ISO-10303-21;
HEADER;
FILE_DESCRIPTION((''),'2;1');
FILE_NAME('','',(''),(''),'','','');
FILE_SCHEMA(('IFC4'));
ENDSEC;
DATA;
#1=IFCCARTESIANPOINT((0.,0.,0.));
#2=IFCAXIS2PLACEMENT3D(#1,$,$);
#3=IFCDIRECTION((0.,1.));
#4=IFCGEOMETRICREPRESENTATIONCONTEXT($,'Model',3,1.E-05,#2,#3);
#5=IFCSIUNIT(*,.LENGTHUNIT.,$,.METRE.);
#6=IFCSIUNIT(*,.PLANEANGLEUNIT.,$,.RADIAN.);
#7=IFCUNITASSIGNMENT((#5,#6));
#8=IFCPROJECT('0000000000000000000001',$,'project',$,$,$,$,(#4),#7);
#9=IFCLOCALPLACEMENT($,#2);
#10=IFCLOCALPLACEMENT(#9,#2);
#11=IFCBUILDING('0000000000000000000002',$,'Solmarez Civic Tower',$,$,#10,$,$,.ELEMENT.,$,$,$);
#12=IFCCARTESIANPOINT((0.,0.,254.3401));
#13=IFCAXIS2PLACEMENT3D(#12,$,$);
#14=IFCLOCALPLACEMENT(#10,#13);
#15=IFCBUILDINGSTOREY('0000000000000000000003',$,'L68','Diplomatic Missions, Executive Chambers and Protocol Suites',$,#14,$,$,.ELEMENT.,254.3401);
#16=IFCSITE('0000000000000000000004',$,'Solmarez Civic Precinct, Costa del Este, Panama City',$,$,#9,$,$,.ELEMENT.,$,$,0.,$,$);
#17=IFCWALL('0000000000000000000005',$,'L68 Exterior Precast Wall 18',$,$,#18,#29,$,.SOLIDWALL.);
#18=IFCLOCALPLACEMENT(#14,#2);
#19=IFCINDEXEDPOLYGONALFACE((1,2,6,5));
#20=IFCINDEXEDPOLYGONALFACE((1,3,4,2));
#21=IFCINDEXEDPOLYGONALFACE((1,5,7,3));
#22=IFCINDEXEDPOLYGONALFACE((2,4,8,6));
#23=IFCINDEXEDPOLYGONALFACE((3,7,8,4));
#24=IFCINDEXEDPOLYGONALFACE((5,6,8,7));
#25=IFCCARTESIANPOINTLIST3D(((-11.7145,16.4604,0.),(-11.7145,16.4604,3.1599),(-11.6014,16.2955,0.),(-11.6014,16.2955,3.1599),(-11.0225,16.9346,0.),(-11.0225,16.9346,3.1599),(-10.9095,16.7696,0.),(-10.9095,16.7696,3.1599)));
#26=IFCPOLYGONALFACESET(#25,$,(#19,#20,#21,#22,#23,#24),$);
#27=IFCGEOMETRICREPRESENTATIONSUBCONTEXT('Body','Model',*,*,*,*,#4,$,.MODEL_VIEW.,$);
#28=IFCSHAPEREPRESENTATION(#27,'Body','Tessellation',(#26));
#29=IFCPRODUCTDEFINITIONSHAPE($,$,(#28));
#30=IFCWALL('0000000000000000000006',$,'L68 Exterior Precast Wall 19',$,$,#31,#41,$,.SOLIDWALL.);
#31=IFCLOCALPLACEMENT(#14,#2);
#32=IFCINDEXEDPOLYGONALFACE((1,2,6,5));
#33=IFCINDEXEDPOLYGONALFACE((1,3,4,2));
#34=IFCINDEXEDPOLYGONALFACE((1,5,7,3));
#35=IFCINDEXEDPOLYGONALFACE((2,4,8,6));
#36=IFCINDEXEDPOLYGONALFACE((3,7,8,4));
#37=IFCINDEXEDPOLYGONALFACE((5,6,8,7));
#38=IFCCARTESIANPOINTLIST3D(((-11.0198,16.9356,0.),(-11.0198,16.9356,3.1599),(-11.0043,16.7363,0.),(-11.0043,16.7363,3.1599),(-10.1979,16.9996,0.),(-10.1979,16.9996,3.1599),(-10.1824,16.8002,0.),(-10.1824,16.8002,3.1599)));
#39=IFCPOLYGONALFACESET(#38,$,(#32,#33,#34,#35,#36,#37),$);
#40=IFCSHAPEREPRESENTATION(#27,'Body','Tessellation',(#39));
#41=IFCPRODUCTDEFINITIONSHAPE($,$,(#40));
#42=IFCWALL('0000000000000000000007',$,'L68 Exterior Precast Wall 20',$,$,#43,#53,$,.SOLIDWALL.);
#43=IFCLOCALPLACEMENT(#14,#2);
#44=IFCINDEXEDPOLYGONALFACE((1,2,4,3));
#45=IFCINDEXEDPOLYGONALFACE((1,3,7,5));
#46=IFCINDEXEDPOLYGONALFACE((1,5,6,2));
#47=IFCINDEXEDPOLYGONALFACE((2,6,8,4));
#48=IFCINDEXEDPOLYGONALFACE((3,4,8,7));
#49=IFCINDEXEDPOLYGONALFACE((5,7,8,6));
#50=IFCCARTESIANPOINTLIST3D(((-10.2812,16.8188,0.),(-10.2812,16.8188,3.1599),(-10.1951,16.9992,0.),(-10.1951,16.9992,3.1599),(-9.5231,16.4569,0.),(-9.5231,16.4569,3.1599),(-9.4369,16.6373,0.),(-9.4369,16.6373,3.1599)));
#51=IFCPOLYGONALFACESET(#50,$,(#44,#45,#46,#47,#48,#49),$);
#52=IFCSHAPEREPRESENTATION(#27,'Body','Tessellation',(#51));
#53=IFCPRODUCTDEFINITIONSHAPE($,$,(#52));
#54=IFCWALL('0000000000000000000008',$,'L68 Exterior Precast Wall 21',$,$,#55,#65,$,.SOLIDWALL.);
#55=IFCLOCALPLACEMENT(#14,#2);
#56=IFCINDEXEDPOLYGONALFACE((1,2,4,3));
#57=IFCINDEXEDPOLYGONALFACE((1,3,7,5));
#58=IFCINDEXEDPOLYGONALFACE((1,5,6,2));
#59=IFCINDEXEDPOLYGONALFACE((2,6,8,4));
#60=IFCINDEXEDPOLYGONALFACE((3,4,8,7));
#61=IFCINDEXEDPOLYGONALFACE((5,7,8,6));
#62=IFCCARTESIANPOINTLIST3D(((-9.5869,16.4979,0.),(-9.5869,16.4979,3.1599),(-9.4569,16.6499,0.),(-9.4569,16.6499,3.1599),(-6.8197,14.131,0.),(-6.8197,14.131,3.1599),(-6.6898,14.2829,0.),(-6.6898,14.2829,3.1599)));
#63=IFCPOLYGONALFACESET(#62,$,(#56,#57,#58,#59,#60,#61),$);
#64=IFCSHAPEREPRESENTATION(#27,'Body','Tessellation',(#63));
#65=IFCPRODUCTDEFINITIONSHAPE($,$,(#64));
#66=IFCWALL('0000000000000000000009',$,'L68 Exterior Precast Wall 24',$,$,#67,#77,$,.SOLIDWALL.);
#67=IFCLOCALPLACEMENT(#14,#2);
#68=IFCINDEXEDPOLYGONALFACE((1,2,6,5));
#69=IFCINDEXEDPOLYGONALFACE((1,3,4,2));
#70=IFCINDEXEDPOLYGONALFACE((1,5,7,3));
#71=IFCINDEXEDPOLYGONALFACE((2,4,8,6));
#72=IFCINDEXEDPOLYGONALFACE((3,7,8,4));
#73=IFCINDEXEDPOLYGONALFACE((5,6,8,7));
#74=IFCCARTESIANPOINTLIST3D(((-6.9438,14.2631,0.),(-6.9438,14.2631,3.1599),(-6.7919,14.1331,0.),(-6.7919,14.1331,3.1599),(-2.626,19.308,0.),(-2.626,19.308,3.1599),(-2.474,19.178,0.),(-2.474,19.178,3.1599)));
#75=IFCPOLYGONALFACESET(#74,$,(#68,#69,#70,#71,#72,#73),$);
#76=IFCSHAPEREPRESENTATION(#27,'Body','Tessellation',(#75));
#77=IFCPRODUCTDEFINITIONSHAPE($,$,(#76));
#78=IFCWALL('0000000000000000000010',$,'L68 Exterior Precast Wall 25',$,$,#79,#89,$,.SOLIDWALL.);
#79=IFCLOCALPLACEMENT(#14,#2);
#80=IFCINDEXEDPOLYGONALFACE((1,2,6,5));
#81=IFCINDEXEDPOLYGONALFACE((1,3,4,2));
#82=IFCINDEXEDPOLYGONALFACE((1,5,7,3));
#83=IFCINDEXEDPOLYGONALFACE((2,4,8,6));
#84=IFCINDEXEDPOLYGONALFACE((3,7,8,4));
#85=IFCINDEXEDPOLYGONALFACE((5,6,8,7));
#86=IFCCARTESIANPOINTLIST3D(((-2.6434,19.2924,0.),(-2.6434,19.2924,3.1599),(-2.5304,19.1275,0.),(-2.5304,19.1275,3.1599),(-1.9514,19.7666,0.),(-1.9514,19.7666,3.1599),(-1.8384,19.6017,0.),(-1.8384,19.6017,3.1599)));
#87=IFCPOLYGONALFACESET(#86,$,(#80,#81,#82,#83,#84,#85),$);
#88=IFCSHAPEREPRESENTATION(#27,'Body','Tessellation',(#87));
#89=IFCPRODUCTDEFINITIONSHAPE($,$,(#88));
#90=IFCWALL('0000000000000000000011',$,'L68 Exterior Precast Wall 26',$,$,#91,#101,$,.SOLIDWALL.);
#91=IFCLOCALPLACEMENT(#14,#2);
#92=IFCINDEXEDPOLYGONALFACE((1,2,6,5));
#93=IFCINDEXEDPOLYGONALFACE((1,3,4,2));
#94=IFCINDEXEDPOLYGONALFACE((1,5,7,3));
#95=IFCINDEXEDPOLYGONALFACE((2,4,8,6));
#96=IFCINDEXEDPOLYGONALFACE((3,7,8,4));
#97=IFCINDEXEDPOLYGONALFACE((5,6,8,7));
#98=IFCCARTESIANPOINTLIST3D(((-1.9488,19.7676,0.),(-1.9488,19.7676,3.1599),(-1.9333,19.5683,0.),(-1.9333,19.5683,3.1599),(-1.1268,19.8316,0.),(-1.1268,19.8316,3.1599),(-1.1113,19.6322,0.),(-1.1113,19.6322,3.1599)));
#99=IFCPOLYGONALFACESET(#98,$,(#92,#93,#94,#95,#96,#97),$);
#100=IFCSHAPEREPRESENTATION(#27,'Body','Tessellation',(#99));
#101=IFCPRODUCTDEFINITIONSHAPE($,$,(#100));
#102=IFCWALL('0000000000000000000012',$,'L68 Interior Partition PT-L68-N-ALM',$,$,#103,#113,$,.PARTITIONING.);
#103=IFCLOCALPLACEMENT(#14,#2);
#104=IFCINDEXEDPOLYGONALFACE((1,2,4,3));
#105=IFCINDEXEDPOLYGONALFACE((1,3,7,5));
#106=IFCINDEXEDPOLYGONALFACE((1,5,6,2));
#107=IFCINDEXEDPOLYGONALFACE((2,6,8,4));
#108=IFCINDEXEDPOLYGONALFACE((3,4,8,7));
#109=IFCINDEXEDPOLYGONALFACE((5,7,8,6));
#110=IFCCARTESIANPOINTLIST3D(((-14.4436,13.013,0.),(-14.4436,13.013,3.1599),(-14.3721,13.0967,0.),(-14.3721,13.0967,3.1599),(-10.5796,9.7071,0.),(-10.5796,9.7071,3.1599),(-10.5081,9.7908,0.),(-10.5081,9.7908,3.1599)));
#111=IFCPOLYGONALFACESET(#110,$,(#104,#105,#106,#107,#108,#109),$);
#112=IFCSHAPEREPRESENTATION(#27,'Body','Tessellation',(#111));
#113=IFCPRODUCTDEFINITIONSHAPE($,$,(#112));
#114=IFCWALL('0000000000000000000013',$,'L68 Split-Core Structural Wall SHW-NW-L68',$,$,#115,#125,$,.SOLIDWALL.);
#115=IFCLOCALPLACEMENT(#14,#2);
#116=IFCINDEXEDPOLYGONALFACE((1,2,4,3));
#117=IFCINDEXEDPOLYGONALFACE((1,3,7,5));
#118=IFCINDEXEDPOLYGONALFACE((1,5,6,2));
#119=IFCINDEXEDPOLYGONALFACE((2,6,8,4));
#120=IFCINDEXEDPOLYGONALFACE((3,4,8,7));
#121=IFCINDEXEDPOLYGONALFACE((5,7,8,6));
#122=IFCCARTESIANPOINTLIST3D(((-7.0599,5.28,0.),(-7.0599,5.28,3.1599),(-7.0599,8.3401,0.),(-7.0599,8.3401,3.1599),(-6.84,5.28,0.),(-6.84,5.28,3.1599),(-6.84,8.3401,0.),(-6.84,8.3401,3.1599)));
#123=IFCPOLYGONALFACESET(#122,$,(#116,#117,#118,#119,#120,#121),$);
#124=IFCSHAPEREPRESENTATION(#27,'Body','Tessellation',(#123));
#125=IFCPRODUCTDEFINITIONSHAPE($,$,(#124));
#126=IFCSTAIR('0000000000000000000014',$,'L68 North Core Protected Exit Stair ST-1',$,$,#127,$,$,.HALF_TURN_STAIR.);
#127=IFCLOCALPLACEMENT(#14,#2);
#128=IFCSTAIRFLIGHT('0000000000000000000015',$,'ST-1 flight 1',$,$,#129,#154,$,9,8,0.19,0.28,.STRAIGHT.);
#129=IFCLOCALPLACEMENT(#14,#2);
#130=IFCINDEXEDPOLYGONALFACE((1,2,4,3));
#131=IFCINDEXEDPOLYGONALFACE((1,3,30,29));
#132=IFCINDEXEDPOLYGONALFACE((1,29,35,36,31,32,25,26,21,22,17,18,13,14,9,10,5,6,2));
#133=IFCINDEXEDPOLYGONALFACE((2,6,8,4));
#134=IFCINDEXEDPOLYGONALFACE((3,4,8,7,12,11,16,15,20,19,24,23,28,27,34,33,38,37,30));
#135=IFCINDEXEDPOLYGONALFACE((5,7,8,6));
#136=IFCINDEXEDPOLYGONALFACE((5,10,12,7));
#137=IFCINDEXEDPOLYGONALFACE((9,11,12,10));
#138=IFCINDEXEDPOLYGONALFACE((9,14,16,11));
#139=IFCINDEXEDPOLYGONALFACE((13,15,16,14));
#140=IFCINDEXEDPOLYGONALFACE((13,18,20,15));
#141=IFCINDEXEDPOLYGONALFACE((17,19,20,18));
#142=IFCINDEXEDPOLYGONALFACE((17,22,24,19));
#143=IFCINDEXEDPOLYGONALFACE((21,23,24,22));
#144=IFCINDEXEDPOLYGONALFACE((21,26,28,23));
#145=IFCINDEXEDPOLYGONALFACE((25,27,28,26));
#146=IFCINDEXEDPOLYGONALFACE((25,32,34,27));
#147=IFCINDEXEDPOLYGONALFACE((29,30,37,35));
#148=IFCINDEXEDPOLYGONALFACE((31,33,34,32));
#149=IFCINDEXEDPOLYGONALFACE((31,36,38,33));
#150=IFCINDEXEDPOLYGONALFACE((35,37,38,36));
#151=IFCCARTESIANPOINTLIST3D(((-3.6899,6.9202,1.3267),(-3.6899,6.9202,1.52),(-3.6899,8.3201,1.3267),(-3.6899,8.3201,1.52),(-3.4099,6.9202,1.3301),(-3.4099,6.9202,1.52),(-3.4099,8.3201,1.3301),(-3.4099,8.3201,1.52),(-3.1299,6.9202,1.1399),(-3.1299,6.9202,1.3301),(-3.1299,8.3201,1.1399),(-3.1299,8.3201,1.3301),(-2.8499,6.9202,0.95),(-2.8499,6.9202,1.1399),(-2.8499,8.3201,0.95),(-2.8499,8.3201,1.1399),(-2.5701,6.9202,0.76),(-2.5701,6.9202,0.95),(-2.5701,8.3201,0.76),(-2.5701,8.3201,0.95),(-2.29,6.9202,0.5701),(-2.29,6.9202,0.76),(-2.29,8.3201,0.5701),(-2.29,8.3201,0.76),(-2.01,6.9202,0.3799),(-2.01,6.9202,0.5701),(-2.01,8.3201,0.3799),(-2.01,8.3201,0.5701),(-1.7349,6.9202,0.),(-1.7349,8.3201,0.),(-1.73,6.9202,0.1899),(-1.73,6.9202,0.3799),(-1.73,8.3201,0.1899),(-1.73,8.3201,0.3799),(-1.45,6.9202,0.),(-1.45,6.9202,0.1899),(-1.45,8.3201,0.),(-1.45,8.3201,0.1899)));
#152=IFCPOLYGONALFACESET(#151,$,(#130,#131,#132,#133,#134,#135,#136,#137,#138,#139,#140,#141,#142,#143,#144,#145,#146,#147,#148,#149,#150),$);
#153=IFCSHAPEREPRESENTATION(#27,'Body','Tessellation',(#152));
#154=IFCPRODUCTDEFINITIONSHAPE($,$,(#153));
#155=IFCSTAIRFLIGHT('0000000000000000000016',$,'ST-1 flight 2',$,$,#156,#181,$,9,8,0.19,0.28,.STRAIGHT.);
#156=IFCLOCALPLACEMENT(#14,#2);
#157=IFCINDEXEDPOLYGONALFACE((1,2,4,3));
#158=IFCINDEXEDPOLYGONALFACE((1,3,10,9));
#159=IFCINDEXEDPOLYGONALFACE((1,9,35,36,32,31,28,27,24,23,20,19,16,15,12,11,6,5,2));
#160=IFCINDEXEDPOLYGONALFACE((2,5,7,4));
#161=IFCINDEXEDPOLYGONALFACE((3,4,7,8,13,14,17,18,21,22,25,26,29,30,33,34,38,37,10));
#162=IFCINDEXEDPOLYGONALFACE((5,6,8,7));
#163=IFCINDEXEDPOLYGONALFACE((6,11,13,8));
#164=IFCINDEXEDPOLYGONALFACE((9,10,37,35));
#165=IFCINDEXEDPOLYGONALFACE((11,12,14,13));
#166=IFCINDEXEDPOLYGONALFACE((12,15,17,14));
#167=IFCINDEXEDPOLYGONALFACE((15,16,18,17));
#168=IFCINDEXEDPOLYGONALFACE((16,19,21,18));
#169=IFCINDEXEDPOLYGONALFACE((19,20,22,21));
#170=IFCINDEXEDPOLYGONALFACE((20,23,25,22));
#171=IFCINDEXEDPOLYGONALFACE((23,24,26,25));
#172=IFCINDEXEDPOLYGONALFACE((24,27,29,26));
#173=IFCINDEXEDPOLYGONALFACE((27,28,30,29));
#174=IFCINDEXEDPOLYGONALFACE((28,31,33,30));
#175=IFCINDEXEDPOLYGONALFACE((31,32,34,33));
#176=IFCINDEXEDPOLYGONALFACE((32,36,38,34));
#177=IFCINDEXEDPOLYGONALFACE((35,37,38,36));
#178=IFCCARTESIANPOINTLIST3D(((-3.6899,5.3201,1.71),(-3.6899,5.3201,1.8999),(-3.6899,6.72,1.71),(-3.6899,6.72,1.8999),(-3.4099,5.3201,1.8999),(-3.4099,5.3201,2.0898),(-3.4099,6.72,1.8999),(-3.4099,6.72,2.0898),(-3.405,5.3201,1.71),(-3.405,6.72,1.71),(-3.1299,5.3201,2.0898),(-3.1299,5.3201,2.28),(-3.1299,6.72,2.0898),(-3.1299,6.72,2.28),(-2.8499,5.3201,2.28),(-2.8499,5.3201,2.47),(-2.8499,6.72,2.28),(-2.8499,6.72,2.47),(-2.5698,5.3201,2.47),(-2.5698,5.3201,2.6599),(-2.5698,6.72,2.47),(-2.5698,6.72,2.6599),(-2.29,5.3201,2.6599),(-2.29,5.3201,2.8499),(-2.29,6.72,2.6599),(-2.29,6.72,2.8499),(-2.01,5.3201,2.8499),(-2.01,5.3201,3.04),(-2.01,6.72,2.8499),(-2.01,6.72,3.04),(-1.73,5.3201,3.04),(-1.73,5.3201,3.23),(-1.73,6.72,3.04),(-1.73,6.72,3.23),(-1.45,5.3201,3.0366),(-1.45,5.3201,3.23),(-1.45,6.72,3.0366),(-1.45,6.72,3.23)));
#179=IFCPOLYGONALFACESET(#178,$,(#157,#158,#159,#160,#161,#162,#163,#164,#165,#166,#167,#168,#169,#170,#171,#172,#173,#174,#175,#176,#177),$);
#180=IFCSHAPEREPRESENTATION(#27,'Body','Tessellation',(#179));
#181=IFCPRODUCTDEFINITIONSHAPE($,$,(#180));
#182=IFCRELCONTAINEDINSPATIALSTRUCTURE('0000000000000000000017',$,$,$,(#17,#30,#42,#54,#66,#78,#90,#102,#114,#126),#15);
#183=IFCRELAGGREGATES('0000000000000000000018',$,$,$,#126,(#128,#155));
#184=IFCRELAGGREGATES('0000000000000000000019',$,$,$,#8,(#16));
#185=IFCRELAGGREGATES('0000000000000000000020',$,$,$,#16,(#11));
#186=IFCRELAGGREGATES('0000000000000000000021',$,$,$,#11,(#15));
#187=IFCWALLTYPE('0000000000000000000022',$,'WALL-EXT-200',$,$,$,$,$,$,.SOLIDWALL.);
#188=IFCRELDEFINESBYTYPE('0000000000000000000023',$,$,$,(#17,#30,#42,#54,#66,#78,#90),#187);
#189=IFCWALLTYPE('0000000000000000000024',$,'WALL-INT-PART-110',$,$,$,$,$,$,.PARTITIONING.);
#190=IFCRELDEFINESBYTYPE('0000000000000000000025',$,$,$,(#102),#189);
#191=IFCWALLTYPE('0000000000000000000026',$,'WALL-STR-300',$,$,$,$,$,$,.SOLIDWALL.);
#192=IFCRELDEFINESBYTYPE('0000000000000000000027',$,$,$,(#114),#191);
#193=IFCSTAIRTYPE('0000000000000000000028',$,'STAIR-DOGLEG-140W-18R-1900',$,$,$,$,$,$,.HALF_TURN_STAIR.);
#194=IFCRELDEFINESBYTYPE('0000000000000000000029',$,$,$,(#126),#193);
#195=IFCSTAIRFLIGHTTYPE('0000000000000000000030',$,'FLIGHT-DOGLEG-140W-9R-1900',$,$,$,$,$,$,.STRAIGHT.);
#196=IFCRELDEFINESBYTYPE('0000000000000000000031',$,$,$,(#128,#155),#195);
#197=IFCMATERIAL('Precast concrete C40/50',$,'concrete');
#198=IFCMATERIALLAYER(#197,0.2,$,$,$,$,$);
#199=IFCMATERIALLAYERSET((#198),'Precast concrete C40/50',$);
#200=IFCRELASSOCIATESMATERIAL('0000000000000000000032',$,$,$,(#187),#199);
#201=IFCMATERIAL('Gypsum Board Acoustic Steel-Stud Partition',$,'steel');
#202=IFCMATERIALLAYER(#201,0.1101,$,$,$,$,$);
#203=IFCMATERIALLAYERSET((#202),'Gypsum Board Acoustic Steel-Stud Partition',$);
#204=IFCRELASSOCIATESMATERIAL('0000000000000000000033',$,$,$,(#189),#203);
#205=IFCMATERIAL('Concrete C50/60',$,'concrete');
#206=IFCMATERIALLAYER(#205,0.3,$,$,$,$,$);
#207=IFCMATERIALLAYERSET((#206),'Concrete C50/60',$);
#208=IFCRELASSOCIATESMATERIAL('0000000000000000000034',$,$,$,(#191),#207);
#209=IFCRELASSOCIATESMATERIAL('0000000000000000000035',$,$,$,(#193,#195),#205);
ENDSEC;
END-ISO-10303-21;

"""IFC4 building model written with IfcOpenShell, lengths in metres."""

from ifc_helpers import new_model, si_unit, direction, frame, frame_2d, origin, place, context, subcontext, project, spatial, polyline, rectangle, outline, extrude, material, layer, layer_set, type_object, element, aggregate, save


model = new_model("IFC4")

# Units and contexts
model_context = context("Model", 3, precision=1e-05, world=origin(), true_north=direction((0.0, 1.0)))
body_context = subcontext(model_context, "Body", "Model", "MODEL_VIEW")
ifc_project = project(units=[si_unit("LENGTHUNIT", "METRE"), si_unit("PLANEANGLEUNIT", "RADIAN")], contexts=[model_context])

# Site, building, storey
site_placement = place(None, origin())
site = spatial("IfcSite", under=ifc_project, at=site_placement, Name="Solmarez Civic Precinct, Costa del Este, Panama City", CompositionType="ELEMENT", RefElevation=0.0)
building_placement = place(site_placement, origin())
building = spatial("IfcBuilding", under=site, at=building_placement, Name="Solmarez Civic Tower", CompositionType="ELEMENT")
storey_placement = place(building_placement, frame((0.0, 0.0, 254.3401)))
storey = spatial("IfcBuildingStorey", under=building, at=storey_placement, Name="L68", Description="Diplomatic Missions, Executive Chambers and Protocol Suites", CompositionType="ELEMENT", Elevation=254.3401)

# Shared definitions
ifc_material_1 = material(Name="Concrete C50/60", Category="concrete")

# Walls
ifc_material_2 = material(Name="Precast concrete C40/50", Category="concrete")
ifc_layer_1 = layer(ifc_material_2, 0.2)
ifc_layer_set_1 = layer_set([ifc_layer_1], Name="Precast concrete C40/50")
wall_type_1 = type_object("IfcWallType", Name="WALL-EXT-200", PredefinedType="SOLIDWALL", material=ifc_layer_set_1)
wall_1_placement = place(storey_placement, frame((-11.658, 16.3779, 0.0), z_axis=(0.0, 0.0, 1.0), x_axis=(0.824907, 0.565268, 0.0)))
element("IfcWall", 1, at=wall_1_placement, inside=storey, type_object=wall_type_1, Name="L68 Exterior Precast Wall 18", PredefinedType="SOLIDWALL", context=body_context, shape_type="SweptSolid", body=[
    extrude(rectangle(XDim=0.8389, YDim=0.2, at=frame_2d((0.4194, 0.0))), origin(), (0.0, 0.0, 1.0), 3.1599),
])
wall_2_placement = place(storey_placement, frame((-11.012, 16.8359, 0.0), z_axis=(0.0, 0.0, 1.0), x_axis=(0.996986, 0.07758, 0.0)))
element("IfcWall", 2, at=wall_2_placement, inside=storey, type_object=wall_type_1, Name="L68 Exterior Precast Wall 19", PredefinedType="SOLIDWALL", context=body_context, shape_type="SweptSolid", body=[
    extrude(rectangle(XDim=0.8245, YDim=0.2, at=frame_2d((0.4121, 0.0))), origin(), (0.0, 0.0, 1.0), 3.1599),
])
wall_3_placement = place(storey_placement, frame((-10.238, 16.9089, 0.0), z_axis=(0.0, 0.0, 1.0), x_axis=(0.902473, -0.430746, 0.0)))
element("IfcWall", 3, at=wall_3_placement, inside=storey, type_object=wall_type_1, Name="L68 Exterior Precast Wall 20", PredefinedType="SOLIDWALL", context=body_context, shape_type="SweptSolid", body=[
    extrude(rectangle(XDim=0.8401, YDim=0.2, at=frame_2d((0.4199, 0.0))), origin(), (0.0, 0.0, 1.0), 3.1599),
])
wall_4_placement = place(storey_placement, frame((-9.522, 16.574, 0.0), z_axis=(0.0, 0.0, 1.0), x_axis=(0.759914, -0.650024, 0.0)))
element("IfcWall", 4, at=wall_4_placement, inside=storey, type_object=wall_type_1, Name="L68 Exterior Precast Wall 21", PredefinedType="SOLIDWALL", context=body_context, shape_type="SweptSolid", body=[
    extrude(rectangle(XDim=3.6414, YDim=0.2, at=frame_2d((1.8208, 0.0))), origin(), (0.0, 0.0, 1.0), 3.1599),
])
wall_5_placement = place(storey_placement, frame((-6.8679, 14.198, 0.0), z_axis=(0.0, 0.0, 1.0), x_axis=(0.65024, 0.759729, 0.0)))
element("IfcWall", 5, at=wall_5_placement, inside=storey, type_object=wall_type_1, Name="L68 Exterior Precast Wall 24", PredefinedType="SOLIDWALL", context=body_context, shape_type="SweptSolid", body=[
    extrude(rectangle(XDim=6.6404, YDim=0.2, at=frame_2d((3.3203, 0.0))), origin(), (0.0, 0.0, 1.0), 3.1599),
])
wall_6_placement = place(storey_placement, frame((-2.5869, 19.21, 0.0), z_axis=(0.0, 0.0, 1.0), x_axis=(0.824907, 0.565268, 0.0)))
element("IfcWall", 6, at=wall_6_placement, inside=storey, type_object=wall_type_1, Name="L68 Exterior Precast Wall 25", PredefinedType="SOLIDWALL", context=body_context, shape_type="SweptSolid", body=[
    extrude(rectangle(XDim=0.8389, YDim=0.2, at=frame_2d((0.4194, 0.0))), origin(), (0.0, 0.0, 1.0), 3.1599),
])
wall_7_placement = place(storey_placement, frame((-1.9409, 19.668, 0.0), z_axis=(0.0, 0.0, 1.0), x_axis=(0.996986, 0.07758, 0.0)))
element("IfcWall", 7, at=wall_7_placement, inside=storey, type_object=wall_type_1, Name="L68 Exterior Precast Wall 26", PredefinedType="SOLIDWALL", context=body_context, shape_type="SweptSolid", body=[
    extrude(rectangle(XDim=0.8245, YDim=0.2, at=frame_2d((0.4121, 0.0))), origin(), (0.0, 0.0, 1.0), 3.1599),
])
ifc_material_3 = material(Name="Gypsum Board Acoustic Steel-Stud Partition", Category="steel")
ifc_layer_2 = layer(ifc_material_3, 0.1101)
ifc_layer_set_2 = layer_set([ifc_layer_2], Name="Gypsum Board Acoustic Steel-Stud Partition")
wall_type_2 = type_object("IfcWallType", Name="WALL-INT-PART-110", PredefinedType="PARTITIONING", material=ifc_layer_set_2)
wall_8_placement = place(storey_placement, frame((-10.5439, 9.749, 0.0), z_axis=(0.0, 0.0, 1.0), x_axis=(-0.759849, 0.650099, 0.0)))
element("IfcWall", 8, at=wall_8_placement, inside=storey, type_object=wall_type_2, Name="L68 Interior Partition PT-L68-N-ALM", PredefinedType="PARTITIONING", context=body_context, shape_type="SweptSolid", body=[
    extrude(rectangle(XDim=5.0852, YDim=0.1101, at=frame_2d((2.5425, 0.0))), origin(), (0.0, 0.0, 1.0), 3.1599),
])
ifc_layer_3 = layer(ifc_material_1, 0.3)
ifc_layer_set_3 = layer_set([ifc_layer_3], Name="Concrete C50/60")
wall_type_3 = type_object("IfcWallType", Name="WALL-STR-300", PredefinedType="SOLIDWALL", material=ifc_layer_set_3)
wall_9_placement = place(storey_placement, frame((-6.95, 5.28, 0.0), z_axis=(0.0, 0.0, 1.0), x_axis=(0.0, 1.0, 0.0)))
element("IfcWall", 9, at=wall_9_placement, inside=storey, type_object=wall_type_3, Name="L68 Split-Core Structural Wall SHW-NW-L68", PredefinedType="SOLIDWALL", context=body_context, shape_type="SweptSolid", body=[
    extrude(rectangle(XDim=3.0601, YDim=0.22, at=frame_2d((1.53, 0.0))), origin(), (0.0, 0.0, 1.0), 3.1599),
])

# Stair, stair flights
stair_type = type_object("IfcStairType", Name="STAIR-DOGLEG-140W-18R-1900", PredefinedType="HALF_TURN_STAIR", material=ifc_material_1)
stair_placement = place(storey_placement, origin())
stair = element("IfcStair", 10, at=stair_placement, inside=storey, type_object=stair_type, Name="L68 North Core Protected Exit Stair ST-1", PredefinedType="HALF_TURN_STAIR")
stair_flight_type = type_object("IfcStairFlightType", Name="FLIGHT-DOGLEG-140W-9R-1900", PredefinedType="STRAIGHT", material=ifc_material_1)
stair_flight_1_placement = place(storey_placement, frame((-1.45, 7.6201, 0.0), z_axis=(0.0, 0.0, 1.0), x_axis=(-1.0, 0.0, 0.0)))
stair_flight_1 = element("IfcStairFlight", 11, at=stair_flight_1_placement, type_object=stair_flight_type, Name="ST-1 flight 1", NumberOfRisers=9, NumberOfTreads=8, PredefinedType="STRAIGHT", RiserHeight=0.19, TreadLength=0.28, context=body_context, shape_type="SweptSolid", body=[
    extrude(outline(polyline([(0.0, 0.0), (0.0, 0.1899), (0.28, 0.1899), (0.28, 0.3799), (0.5601, 0.3799), (0.5601, 0.5701), (0.8401, 0.5701), (0.8401, 0.76), (1.1201, 0.76), (1.1201, 0.95), (1.3999, 0.95), (1.3999, 1.1399), (1.6799, 1.1399), (1.6799, 1.3301), (1.96, 1.3301), (1.96, 1.52), (2.24, 1.52), (2.24, 1.71), (2.24, 1.3267), (0.2849, 0.0), (0.0, 0.0)])), frame((0.0, 0.7, 0.0), z_axis=(0.0, -1.0, 0.0), x_axis=(1.0, 0.0, 0.0)), (0.0, 0.0, 1.0), 1.3999),
])
stair_flight_2_placement = place(storey_placement, frame((-3.6899, 6.02, 1.71), z_axis=(0.0, 0.0, 1.0), x_axis=(1.0, 0.0, 0.0)))
stair_flight_2 = element("IfcStairFlight", 12, at=stair_flight_2_placement, type_object=stair_flight_type, Name="ST-1 flight 2", NumberOfRisers=9, NumberOfTreads=8, PredefinedType="STRAIGHT", RiserHeight=0.19, TreadLength=0.28, context=body_context, shape_type="SweptSolid", body=[
    extrude(outline(polyline([(0.0, 0.0), (0.0, 0.1899), (0.28, 0.1899), (0.28, 0.3799), (0.5601, 0.3799), (0.5601, 0.5701), (0.8401, 0.5701), (0.8401, 0.76), (1.1201, 0.76), (1.1201, 0.95), (1.3999, 0.95), (1.3999, 1.1399), (1.6799, 1.1399), (1.6799, 1.3301), (1.96, 1.3301), (1.96, 1.52), (2.24, 1.52), (2.24, 1.71), (2.24, 1.3267), (0.2849, 0.0), (0.0, 0.0)])), frame((0.0, 0.7, 0.0), z_axis=(0.0, -1.0, 0.0), x_axis=(1.0, 0.0, 0.0)), (0.0, 0.0, 1.0), 1.3999),
])
aggregate(stair, [stair_flight_1, stair_flight_2])

save(model, "model.ifc")
